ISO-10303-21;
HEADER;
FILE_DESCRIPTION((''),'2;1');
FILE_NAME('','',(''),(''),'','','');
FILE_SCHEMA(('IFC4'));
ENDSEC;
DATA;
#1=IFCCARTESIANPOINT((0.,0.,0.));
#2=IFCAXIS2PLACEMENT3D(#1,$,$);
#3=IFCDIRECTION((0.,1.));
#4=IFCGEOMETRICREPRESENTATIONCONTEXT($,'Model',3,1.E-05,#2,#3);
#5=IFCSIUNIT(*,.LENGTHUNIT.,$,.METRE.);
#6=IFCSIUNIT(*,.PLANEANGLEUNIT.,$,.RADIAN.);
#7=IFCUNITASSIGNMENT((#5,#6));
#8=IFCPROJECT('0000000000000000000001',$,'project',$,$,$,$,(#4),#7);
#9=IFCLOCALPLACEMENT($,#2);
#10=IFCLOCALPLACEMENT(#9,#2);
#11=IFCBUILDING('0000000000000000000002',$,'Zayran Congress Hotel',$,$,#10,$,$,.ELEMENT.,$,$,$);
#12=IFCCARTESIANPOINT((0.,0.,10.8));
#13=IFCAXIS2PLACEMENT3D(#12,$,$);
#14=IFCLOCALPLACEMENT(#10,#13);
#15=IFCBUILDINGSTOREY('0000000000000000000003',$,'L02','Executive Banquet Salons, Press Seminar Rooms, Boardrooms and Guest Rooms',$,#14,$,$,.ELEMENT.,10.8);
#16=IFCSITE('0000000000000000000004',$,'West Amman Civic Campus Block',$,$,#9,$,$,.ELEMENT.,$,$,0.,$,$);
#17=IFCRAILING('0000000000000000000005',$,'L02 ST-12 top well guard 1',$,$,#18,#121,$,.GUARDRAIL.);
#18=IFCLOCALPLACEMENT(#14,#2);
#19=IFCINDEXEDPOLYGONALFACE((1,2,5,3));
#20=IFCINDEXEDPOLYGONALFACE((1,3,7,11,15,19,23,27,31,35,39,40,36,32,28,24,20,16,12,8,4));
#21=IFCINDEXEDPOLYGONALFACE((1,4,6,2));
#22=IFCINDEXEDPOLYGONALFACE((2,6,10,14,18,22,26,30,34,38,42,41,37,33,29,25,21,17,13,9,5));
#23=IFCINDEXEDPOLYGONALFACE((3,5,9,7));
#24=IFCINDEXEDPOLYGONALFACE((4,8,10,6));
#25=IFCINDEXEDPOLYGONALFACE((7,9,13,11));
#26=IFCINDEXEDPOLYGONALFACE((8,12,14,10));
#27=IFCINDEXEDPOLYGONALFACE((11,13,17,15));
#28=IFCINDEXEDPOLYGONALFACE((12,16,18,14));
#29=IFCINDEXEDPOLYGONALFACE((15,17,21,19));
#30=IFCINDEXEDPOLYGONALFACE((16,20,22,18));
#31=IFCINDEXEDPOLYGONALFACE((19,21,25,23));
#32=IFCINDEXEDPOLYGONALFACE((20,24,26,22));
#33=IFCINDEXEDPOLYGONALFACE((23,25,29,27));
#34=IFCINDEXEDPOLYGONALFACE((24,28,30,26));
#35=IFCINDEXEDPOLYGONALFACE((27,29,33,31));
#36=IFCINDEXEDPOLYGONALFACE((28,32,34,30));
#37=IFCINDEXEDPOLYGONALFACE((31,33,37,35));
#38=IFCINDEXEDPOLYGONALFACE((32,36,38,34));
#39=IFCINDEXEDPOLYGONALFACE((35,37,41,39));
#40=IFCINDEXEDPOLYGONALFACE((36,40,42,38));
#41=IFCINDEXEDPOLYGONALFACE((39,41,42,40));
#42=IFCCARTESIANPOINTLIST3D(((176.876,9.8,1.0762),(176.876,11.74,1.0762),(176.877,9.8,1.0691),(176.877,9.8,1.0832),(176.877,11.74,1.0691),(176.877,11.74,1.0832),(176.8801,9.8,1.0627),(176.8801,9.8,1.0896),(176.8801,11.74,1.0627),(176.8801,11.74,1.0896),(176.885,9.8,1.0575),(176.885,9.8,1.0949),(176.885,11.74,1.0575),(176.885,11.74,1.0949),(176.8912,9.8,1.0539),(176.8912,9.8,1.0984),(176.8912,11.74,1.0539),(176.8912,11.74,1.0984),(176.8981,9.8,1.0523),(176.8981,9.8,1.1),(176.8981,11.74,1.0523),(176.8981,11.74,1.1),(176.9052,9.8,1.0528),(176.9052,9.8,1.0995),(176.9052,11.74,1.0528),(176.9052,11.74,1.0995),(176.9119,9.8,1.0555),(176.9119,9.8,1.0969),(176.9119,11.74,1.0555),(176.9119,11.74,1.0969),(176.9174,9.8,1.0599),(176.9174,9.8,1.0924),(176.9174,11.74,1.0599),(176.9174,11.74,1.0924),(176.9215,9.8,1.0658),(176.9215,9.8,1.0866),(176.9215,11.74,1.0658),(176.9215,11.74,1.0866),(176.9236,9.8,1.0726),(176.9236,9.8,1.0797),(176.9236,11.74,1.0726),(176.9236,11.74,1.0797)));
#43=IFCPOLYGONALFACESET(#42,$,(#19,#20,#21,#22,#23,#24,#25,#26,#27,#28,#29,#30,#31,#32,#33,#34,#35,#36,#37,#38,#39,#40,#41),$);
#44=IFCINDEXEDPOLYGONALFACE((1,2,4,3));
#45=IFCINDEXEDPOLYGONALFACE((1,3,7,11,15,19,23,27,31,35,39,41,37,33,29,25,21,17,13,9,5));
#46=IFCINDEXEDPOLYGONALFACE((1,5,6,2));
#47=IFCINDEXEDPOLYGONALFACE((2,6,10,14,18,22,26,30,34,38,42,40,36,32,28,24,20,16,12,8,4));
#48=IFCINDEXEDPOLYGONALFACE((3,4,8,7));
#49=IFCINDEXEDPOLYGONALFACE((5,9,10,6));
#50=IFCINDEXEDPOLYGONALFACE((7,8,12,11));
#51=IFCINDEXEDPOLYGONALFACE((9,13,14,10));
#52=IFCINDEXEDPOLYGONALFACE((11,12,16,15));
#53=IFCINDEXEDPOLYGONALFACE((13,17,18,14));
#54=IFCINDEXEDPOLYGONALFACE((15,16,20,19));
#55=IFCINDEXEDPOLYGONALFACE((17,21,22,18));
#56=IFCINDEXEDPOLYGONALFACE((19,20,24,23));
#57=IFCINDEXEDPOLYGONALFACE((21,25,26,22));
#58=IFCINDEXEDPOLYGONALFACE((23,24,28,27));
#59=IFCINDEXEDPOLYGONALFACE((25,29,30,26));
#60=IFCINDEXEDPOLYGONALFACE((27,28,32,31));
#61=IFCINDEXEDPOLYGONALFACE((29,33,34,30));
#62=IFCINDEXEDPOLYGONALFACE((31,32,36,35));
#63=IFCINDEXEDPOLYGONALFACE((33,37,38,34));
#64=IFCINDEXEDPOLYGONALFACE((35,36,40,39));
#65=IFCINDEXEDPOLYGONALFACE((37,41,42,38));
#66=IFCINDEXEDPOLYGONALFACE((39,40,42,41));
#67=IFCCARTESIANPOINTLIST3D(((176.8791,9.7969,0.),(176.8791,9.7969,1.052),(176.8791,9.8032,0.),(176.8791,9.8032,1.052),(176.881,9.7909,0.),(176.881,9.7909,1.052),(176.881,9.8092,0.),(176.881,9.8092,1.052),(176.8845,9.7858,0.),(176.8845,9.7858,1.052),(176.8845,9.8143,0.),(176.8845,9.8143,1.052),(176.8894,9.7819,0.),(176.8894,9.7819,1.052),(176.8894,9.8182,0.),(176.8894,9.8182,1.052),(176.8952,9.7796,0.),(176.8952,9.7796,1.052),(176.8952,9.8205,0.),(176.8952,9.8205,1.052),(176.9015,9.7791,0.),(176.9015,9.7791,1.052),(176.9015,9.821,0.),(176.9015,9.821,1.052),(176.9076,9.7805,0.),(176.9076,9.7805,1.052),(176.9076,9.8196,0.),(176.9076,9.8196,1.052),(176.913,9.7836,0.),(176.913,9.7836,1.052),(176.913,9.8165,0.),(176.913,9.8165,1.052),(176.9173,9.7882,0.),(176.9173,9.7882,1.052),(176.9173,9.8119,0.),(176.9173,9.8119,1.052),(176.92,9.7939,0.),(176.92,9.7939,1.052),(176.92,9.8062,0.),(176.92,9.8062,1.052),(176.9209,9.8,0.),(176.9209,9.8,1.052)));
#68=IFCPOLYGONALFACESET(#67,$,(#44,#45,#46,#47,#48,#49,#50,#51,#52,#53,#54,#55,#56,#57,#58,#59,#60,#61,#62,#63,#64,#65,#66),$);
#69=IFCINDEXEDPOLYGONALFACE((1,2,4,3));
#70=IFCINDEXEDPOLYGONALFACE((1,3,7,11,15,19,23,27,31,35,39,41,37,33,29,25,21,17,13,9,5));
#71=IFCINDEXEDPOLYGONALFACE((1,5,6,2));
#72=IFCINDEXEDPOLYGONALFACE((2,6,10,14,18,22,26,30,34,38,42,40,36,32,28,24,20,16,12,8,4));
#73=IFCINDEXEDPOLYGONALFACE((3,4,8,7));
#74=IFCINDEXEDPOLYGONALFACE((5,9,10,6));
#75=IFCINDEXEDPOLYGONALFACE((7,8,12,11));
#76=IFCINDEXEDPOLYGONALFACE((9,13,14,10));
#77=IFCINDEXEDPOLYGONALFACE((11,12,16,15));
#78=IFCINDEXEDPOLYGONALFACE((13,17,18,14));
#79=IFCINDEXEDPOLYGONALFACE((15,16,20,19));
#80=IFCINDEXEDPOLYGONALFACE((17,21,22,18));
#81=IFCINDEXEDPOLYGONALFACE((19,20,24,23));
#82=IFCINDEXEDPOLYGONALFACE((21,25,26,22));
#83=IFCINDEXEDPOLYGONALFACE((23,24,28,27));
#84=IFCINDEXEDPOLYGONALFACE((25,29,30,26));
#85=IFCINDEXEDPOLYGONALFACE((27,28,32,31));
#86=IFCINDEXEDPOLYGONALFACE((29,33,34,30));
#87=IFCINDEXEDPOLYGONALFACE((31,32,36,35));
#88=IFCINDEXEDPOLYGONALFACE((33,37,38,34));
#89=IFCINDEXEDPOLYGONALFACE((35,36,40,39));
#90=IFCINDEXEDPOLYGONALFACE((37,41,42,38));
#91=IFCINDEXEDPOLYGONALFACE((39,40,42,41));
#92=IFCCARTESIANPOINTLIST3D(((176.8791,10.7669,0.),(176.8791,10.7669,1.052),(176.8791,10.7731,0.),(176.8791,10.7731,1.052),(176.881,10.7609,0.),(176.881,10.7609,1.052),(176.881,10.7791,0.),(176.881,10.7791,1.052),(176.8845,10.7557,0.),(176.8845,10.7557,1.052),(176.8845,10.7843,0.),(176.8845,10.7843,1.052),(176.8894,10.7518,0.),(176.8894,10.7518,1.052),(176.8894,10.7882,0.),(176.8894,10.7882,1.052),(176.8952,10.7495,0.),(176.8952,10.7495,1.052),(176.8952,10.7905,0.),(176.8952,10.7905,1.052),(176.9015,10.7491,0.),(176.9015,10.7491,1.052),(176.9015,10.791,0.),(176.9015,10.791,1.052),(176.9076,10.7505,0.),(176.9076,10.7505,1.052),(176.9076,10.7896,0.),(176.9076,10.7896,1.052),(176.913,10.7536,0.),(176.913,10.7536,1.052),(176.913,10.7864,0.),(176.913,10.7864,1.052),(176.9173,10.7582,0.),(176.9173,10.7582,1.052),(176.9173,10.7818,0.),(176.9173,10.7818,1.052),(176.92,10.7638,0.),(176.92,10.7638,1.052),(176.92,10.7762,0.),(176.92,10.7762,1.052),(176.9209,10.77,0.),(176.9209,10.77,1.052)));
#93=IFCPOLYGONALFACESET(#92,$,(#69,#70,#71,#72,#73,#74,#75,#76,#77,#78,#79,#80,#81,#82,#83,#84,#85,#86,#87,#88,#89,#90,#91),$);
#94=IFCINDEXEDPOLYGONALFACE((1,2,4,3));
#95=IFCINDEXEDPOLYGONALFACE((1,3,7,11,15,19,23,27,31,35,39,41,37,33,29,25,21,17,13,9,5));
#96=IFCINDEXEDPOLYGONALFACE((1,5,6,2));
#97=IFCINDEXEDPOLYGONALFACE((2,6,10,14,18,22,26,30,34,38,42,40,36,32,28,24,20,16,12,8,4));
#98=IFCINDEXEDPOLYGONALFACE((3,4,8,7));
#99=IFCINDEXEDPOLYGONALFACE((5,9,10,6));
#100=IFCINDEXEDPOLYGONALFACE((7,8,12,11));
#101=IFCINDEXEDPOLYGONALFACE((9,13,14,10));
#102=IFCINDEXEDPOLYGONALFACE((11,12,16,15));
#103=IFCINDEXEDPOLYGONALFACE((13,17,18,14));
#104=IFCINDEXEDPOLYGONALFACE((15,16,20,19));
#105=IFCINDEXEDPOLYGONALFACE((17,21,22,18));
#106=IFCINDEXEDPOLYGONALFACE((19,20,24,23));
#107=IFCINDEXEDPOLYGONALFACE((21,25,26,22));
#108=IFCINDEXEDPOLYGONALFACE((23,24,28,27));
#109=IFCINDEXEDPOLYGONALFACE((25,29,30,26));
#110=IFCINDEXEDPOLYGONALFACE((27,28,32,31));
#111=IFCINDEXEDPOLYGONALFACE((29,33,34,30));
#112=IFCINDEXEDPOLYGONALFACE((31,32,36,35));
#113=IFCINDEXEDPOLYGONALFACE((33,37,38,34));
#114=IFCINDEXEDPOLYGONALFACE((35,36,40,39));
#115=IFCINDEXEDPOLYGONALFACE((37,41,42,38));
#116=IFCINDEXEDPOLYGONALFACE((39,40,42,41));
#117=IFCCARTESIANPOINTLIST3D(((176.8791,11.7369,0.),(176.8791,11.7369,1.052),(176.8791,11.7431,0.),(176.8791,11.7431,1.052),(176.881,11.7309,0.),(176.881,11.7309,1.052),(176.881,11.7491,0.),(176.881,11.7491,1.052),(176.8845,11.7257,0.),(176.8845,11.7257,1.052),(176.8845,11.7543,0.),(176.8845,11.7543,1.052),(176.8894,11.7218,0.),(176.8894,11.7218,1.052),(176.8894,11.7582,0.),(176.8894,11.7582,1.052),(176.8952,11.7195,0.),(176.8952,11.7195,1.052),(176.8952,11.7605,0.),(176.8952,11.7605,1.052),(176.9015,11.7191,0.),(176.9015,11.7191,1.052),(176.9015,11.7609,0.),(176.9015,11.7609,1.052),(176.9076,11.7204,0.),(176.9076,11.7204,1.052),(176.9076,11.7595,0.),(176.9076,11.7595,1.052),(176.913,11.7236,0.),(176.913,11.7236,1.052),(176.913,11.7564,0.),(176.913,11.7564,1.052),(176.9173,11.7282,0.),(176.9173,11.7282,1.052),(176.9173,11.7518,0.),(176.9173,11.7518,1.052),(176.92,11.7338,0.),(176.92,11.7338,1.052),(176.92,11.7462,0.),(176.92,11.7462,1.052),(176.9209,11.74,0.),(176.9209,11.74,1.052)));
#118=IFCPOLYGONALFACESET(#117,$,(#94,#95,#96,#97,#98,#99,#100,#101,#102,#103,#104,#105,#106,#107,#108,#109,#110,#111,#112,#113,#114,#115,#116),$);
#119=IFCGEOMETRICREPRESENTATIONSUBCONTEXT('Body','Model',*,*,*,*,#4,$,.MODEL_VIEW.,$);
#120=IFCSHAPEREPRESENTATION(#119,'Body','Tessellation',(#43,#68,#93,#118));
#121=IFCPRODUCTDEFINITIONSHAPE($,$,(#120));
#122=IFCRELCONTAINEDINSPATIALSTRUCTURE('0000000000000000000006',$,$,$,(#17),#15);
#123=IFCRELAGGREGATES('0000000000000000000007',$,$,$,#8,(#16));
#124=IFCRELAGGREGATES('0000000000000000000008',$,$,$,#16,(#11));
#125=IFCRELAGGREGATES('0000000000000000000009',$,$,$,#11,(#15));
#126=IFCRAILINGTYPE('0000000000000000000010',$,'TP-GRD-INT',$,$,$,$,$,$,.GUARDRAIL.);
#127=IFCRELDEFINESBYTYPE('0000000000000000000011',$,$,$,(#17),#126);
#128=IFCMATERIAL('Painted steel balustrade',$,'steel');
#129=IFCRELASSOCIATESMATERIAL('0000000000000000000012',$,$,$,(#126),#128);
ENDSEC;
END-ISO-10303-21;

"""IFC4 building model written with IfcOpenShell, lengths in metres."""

from ifc_helpers import new_model, si_unit, direction, frame, origin, origin_2d, place, context, subcontext, project, spatial, circle, extrude, material, type_object, element, save


model = new_model("IFC4")

# Units and contexts
model_context = context("Model", 3, precision=1e-05, world=origin(), true_north=direction((0.0, 1.0)))
body_context = subcontext(model_context, "Body", "Model", "MODEL_VIEW")
ifc_project = project(units=[si_unit("LENGTHUNIT", "METRE"), si_unit("PLANEANGLEUNIT", "RADIAN")], contexts=[model_context])

# Site, building, storey
site_placement = place(None, origin())
site = spatial("IfcSite", under=ifc_project, at=site_placement, Name="West Amman Civic Campus Block", CompositionType="ELEMENT", RefElevation=0.0)
building_placement = place(site_placement, origin())
building = spatial("IfcBuilding", under=site, at=building_placement, Name="Zayran Congress Hotel", CompositionType="ELEMENT")
storey_placement = place(building_placement, frame((0.0, 0.0, 10.8)))
storey = spatial("IfcBuildingStorey", under=building, at=storey_placement, Name="L02", Description="Executive Banquet Salons, Press Seminar Rooms, Boardrooms and Guest Rooms", CompositionType="ELEMENT", Elevation=10.8)

# Railing
ifc_material_1 = material(Name="Painted steel balustrade", Category="steel")
railing_type = type_object("IfcRailingType", Name="TP-GRD-INT", PredefinedType="GUARDRAIL", material=ifc_material_1)
railing_placement = place(storey_placement, frame((176.8999, 9.8, 0.0)))
element("IfcRailing", 1, at=railing_placement, inside=storey, type_object=railing_type, Name="L02 ST-12 top well guard 1", PredefinedType="GUARDRAIL", context=body_context, shape_type="SweptSolid", body=[
    extrude(circle(Radius=0.0239, at=origin_2d()), frame((0.0, 0.0, 1.0762), z_axis=(0.0, 1.0, 0.0), x_axis=(-1.0, 0.0, 0.0)), (0.0, 0.0, 1.0), 1.9399),
    extrude(circle(Radius=0.021, at=origin_2d()), origin(), (0.0, 0.0, 1.0), 1.052),
    extrude(circle(Radius=0.021, at=origin_2d()), frame((0.0, 0.97, 0.0)), (0.0, 0.0, 1.0), 1.052),
    extrude(circle(Radius=0.021, at=origin_2d()), frame((0.0, 1.9399, 0.0)), (0.0, 0.0, 1.0), 1.052),
])

save(model, "model.ifc")
